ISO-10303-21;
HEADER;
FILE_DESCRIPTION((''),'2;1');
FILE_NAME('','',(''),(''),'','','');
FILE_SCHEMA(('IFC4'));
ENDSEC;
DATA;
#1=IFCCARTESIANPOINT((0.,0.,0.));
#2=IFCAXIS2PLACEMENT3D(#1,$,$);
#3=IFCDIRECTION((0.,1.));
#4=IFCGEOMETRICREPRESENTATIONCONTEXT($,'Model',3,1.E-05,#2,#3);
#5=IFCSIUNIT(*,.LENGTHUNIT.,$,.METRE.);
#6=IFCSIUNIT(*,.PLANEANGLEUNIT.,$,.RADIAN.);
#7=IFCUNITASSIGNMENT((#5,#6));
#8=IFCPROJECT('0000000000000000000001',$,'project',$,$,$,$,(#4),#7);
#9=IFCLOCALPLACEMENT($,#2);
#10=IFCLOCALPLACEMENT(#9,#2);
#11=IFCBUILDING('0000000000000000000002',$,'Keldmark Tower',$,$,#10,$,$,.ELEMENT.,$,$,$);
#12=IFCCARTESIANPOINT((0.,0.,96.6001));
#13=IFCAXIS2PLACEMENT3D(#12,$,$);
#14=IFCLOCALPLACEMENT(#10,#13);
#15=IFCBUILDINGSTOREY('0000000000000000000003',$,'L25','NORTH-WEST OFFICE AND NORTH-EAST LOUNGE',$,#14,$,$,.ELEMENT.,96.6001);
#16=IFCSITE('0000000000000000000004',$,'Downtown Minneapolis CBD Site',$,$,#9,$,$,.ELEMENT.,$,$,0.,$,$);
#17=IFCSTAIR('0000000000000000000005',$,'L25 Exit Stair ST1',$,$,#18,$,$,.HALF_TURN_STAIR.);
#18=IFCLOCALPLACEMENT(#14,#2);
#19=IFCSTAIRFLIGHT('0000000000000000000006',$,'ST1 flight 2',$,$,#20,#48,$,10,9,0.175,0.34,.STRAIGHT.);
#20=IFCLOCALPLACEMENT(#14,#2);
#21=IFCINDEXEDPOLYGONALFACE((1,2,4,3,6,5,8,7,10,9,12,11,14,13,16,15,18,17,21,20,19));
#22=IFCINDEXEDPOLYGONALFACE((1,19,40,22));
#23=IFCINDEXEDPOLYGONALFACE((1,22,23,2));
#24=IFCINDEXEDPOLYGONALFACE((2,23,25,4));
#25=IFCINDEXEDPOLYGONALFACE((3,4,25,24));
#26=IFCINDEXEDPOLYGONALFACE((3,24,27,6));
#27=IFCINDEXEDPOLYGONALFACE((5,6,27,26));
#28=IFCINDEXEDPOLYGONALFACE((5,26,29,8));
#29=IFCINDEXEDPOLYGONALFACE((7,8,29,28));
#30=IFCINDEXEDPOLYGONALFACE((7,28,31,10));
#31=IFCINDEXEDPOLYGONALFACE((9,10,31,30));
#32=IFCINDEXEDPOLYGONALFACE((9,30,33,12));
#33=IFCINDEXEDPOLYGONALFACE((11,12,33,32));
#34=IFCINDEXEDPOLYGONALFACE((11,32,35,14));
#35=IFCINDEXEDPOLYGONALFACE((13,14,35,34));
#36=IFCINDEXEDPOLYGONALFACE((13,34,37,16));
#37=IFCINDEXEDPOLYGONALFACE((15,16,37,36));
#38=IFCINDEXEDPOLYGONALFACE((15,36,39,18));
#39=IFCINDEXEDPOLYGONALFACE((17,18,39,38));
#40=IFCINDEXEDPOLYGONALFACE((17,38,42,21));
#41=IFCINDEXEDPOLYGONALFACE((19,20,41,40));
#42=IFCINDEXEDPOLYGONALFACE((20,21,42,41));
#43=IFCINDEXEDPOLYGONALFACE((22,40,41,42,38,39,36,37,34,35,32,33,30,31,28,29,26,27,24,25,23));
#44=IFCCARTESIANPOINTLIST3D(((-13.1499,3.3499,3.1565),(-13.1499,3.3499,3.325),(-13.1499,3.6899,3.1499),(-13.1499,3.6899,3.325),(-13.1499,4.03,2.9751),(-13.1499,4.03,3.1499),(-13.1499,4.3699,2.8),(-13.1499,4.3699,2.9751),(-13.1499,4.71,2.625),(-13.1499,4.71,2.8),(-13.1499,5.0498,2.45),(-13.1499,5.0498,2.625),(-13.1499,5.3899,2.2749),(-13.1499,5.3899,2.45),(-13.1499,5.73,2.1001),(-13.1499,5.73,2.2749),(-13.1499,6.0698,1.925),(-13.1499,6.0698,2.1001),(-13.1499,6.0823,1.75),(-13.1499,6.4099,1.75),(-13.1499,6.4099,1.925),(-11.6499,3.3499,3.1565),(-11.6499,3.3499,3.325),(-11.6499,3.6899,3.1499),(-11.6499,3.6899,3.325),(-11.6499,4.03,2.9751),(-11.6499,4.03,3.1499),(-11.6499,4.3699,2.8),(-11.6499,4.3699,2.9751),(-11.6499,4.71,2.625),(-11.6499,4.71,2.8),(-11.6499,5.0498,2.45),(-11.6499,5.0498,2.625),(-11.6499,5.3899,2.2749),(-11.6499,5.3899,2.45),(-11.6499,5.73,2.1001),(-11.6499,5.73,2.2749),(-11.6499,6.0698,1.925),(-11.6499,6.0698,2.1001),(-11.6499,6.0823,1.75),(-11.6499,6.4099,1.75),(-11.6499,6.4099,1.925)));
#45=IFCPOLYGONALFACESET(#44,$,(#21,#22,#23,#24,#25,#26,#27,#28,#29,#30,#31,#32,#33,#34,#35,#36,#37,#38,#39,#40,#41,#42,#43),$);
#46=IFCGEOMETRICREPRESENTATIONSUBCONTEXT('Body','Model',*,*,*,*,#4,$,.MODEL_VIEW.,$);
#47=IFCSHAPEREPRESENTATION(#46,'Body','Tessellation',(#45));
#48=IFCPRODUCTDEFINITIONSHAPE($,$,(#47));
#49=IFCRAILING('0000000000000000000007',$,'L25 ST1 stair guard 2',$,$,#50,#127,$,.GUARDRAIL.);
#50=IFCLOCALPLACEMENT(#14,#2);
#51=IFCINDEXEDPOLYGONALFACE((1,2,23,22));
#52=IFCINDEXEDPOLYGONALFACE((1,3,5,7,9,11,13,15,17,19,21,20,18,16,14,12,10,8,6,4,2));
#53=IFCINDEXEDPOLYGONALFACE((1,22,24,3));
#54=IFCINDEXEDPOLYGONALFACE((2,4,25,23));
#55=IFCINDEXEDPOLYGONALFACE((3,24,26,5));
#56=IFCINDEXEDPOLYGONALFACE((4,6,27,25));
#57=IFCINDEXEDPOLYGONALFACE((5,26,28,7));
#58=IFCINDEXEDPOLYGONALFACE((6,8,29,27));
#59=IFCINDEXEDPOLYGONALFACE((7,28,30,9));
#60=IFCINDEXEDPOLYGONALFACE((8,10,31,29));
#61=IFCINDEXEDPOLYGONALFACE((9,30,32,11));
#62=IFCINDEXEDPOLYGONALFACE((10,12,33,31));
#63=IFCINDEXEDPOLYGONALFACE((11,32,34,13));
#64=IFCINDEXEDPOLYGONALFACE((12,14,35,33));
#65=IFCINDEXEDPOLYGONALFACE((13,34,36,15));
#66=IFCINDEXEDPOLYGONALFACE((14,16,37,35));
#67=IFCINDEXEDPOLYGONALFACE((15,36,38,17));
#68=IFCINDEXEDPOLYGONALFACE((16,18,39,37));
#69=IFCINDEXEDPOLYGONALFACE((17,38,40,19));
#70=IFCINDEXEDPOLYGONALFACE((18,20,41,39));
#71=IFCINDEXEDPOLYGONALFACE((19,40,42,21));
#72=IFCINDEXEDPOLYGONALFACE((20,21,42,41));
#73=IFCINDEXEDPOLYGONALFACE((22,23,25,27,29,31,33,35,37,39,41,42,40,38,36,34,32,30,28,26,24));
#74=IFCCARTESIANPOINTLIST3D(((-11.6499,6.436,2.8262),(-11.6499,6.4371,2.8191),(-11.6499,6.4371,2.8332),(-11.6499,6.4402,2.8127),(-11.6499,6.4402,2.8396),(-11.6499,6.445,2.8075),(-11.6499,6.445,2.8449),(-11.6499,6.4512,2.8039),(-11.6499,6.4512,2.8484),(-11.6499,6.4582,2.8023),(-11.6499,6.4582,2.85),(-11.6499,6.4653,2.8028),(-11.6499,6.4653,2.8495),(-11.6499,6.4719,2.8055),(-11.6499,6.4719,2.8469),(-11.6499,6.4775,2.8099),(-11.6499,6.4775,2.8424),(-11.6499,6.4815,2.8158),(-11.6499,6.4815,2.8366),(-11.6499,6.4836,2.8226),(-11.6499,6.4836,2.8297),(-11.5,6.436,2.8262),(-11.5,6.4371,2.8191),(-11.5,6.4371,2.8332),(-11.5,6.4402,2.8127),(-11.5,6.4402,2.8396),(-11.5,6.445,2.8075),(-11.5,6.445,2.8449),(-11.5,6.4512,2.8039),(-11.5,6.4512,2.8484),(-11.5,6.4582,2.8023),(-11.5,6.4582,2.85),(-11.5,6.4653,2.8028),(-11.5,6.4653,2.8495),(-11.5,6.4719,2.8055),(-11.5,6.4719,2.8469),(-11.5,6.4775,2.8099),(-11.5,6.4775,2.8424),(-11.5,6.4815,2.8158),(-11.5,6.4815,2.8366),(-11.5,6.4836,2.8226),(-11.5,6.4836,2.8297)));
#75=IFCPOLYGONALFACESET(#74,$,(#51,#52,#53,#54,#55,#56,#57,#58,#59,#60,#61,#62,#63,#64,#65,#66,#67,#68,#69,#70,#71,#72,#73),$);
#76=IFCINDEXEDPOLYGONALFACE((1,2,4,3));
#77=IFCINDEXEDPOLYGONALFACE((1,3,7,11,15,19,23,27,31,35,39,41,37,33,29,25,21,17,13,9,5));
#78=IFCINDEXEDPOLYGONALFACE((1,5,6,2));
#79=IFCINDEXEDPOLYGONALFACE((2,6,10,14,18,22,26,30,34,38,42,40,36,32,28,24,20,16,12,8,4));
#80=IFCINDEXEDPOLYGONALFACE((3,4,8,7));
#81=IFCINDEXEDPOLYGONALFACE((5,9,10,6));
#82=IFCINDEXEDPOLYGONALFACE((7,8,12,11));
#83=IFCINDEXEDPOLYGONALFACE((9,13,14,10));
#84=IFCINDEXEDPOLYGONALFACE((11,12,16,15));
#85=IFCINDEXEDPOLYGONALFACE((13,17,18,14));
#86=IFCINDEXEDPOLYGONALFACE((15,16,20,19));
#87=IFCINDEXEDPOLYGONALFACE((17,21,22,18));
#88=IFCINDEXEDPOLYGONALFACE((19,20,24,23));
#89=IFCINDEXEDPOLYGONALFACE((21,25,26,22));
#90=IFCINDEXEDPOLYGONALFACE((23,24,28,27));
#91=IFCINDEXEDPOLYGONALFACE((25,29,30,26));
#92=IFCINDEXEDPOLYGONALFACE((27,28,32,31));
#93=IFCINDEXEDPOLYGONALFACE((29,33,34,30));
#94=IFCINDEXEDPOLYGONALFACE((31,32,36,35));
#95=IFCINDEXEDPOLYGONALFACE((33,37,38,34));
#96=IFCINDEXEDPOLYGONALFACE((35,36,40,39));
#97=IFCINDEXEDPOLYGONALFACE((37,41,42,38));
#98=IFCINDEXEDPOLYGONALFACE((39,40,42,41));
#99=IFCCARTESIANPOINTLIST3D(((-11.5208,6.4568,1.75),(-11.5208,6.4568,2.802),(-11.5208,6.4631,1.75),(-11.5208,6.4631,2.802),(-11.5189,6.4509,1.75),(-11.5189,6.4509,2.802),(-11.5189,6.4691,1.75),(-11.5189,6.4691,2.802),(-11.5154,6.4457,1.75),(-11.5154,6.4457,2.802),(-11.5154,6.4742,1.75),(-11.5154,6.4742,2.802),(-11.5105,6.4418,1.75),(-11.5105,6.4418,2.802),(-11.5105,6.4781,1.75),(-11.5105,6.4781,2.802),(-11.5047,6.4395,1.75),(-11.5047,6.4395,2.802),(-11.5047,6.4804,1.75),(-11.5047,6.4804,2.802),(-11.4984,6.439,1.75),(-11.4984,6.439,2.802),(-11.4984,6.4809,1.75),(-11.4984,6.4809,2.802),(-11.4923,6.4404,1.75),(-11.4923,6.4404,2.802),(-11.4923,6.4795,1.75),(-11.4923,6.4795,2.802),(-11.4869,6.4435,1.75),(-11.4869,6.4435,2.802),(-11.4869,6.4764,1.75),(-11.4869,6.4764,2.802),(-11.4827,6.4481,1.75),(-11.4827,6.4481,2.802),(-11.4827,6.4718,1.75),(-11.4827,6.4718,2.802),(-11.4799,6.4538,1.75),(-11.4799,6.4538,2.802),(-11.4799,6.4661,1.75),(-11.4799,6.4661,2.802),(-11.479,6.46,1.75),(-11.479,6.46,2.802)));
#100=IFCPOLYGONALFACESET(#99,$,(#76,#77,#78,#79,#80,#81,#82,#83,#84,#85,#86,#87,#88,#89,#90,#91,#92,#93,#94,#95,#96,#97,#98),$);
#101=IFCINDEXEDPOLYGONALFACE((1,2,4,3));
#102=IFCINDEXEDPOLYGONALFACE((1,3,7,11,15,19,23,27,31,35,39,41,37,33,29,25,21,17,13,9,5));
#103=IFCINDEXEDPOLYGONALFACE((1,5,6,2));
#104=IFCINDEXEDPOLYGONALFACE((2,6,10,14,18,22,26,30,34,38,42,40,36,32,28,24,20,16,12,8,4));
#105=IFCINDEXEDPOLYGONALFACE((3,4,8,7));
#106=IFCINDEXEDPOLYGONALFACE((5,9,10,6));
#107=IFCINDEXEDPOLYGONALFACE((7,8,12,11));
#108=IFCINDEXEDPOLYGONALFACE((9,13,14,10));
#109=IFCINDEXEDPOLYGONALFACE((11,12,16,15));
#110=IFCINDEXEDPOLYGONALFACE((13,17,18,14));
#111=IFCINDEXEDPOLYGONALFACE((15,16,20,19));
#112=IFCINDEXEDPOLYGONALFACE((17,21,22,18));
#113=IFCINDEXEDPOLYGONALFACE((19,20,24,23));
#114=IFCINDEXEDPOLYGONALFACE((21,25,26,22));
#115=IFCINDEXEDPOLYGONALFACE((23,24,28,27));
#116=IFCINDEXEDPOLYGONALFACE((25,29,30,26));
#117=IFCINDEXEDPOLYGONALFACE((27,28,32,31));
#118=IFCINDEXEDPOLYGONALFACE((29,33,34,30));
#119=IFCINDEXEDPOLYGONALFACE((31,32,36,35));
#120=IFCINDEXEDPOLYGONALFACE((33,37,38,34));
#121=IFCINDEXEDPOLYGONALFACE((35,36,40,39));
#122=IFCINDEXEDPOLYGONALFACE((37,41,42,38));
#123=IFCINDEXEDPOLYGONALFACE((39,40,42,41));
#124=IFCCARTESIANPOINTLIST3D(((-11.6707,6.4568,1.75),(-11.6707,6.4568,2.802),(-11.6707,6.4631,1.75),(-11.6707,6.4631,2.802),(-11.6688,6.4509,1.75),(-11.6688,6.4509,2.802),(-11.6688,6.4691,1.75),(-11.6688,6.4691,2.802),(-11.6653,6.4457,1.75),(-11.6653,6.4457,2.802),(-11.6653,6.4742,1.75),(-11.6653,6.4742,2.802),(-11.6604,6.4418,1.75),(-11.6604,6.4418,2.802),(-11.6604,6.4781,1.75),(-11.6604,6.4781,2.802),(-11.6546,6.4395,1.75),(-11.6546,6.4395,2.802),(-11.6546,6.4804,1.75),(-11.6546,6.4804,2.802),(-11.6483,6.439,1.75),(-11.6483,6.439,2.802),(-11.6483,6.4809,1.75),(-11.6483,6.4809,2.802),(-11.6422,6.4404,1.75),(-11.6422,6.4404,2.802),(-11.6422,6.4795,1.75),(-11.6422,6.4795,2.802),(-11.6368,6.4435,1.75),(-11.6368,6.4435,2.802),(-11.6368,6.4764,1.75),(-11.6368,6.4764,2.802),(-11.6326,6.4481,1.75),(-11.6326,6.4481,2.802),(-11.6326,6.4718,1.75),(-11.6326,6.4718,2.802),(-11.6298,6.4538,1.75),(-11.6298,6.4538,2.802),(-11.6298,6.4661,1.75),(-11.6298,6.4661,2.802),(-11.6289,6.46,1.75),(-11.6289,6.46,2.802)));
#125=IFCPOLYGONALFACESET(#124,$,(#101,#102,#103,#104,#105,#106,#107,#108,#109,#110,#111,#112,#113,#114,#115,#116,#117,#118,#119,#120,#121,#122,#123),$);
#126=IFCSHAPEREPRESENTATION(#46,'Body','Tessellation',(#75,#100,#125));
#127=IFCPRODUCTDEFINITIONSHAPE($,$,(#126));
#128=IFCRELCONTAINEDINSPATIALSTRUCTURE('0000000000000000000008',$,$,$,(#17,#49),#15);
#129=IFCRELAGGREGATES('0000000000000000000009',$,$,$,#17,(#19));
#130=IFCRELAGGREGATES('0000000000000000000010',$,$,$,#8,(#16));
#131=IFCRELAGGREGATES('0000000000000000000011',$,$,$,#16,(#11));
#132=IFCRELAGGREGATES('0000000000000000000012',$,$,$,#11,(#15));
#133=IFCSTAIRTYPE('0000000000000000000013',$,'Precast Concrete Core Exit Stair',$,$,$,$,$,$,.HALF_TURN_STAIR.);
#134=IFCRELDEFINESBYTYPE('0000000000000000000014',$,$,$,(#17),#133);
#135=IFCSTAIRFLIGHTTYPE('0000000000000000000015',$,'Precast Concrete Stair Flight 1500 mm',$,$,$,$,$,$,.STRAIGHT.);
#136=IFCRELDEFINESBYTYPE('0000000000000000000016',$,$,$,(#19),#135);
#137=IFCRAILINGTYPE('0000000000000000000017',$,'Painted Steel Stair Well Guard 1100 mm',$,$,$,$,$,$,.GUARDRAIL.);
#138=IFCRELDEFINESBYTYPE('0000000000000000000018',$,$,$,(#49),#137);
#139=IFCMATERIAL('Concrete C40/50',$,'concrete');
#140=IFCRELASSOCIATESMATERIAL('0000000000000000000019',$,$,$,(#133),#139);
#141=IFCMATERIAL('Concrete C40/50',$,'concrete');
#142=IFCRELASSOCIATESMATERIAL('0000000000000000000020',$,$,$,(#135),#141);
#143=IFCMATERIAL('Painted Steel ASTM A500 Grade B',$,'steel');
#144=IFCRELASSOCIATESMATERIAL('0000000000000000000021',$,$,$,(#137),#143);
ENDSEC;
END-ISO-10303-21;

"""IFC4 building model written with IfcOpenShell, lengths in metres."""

from ifc_helpers import new_model, si_unit, direction, frame, origin, origin_2d, place, context, subcontext, project, spatial, polyline, circle, outline, extrude, material, type_object, element, aggregate, save


model = new_model("IFC4")

# Units and contexts
model_context = context("Model", 3, precision=1e-05, world=origin(), true_north=direction((0.0, 1.0)))
body_context = subcontext(model_context, "Body", "Model", "MODEL_VIEW")
ifc_project = project(units=[si_unit("LENGTHUNIT", "METRE"), si_unit("PLANEANGLEUNIT", "RADIAN")], contexts=[model_context])

# Site, building, storey
site_placement = place(None, origin())
site = spatial("IfcSite", under=ifc_project, at=site_placement, Name="Downtown Minneapolis CBD Site", CompositionType="ELEMENT", RefElevation=0.0)
building_placement = place(site_placement, origin())
building = spatial("IfcBuilding", under=site, at=building_placement, Name="Keldmark Tower", CompositionType="ELEMENT")
storey_placement = place(building_placement, frame((0.0, 0.0, 96.6001)))
storey = spatial("IfcBuildingStorey", under=building, at=storey_placement, Name="L25", Description="NORTH-WEST OFFICE AND NORTH-EAST LOUNGE", CompositionType="ELEMENT", Elevation=96.6001)

# Stair, stair flight
ifc_material_1 = material(Name="Concrete C40/50", Category="concrete")
stair_type = type_object("IfcStairType", Name="Precast Concrete Core Exit Stair", PredefinedType="HALF_TURN_STAIR", material=ifc_material_1)
stair_placement = place(storey_placement, origin())
stair = element("IfcStair", 1, at=stair_placement, inside=storey, type_object=stair_type, Name="L25 Exit Stair ST1", PredefinedType="HALF_TURN_STAIR")
ifc_material_2 = material(Name="Concrete C40/50", Category="concrete")
stair_flight_type = type_object("IfcStairFlightType", Name="Precast Concrete Stair Flight 1500 mm", PredefinedType="STRAIGHT", material=ifc_material_2)
stair_flight_placement = place(storey_placement, frame((-12.3999, 6.4099, 1.75), z_axis=(0.0, 0.0, 1.0), x_axis=(0.0, -1.0, 0.0)))
stair_flight = element("IfcStairFlight", 2, at=stair_flight_placement, type_object=stair_flight_type, Name="ST1 flight 2", NumberOfRisers=10, NumberOfTreads=9, PredefinedType="STRAIGHT", RiserHeight=0.175, TreadLength=0.34, context=body_context, shape_type="SweptSolid", body=[
    extrude(outline(polyline([(0.0, 0.0), (0.0, 0.175), (0.3401, 0.175), (0.3401, 0.3501), (0.6799, 0.3501), (0.6799, 0.5249), (1.02, 0.5249), (1.02, 0.7), (1.3601, 0.7), (1.3601, 0.875), (1.7, 0.875), (1.7, 1.05), (2.04, 1.05), (2.04, 1.2251), (2.3799, 1.2251), (2.3799, 1.3999), (2.72, 1.3999), (2.72, 1.575), (3.0601, 1.575), (3.0601, 1.75), (3.0601, 1.4065), (0.3276, 0.0), (0.0, 0.0)])), frame((0.0, 0.75, 0.0), z_axis=(0.0, -1.0, 0.0), x_axis=(1.0, 0.0, 0.0)), (0.0, 0.0, 1.0), 1.5),
])
aggregate(stair, [stair_flight])

# Railing
ifc_material_3 = material(Name="Painted Steel ASTM A500 Grade B", Category="steel")
railing_type_1 = type_object("IfcRailingType", Name="Painted Steel Stair Well Guard 1100 mm", PredefinedType="GUARDRAIL", material=ifc_material_3)
railing_1_placement = place(storey_placement, frame((-11.5, 6.46, 1.75)))
element("IfcRailing", 3, at=railing_1_placement, inside=storey, type_object=railing_type_1, Name="L25 ST1 stair guard 2", PredefinedType="GUARDRAIL", context=body_context, shape_type="SweptSolid", body=[
    extrude(circle(Radius=0.0239, at=origin_2d()), frame((0.0, 0.0, 1.0762), z_axis=(-1.0, 0.0, 0.0), x_axis=(0.0, -1.0, 0.0)), (0.0, 0.0, 1.0), 0.1499),
    extrude(circle(Radius=0.021, at=origin_2d()), origin(), (0.0, 0.0, 1.0), 1.052),
    extrude(circle(Radius=0.021, at=origin_2d()), frame((-0.1499, 0.0, 0.0)), (0.0, 0.0, 1.0), 1.052),
])

save(model, "model.ifc")
